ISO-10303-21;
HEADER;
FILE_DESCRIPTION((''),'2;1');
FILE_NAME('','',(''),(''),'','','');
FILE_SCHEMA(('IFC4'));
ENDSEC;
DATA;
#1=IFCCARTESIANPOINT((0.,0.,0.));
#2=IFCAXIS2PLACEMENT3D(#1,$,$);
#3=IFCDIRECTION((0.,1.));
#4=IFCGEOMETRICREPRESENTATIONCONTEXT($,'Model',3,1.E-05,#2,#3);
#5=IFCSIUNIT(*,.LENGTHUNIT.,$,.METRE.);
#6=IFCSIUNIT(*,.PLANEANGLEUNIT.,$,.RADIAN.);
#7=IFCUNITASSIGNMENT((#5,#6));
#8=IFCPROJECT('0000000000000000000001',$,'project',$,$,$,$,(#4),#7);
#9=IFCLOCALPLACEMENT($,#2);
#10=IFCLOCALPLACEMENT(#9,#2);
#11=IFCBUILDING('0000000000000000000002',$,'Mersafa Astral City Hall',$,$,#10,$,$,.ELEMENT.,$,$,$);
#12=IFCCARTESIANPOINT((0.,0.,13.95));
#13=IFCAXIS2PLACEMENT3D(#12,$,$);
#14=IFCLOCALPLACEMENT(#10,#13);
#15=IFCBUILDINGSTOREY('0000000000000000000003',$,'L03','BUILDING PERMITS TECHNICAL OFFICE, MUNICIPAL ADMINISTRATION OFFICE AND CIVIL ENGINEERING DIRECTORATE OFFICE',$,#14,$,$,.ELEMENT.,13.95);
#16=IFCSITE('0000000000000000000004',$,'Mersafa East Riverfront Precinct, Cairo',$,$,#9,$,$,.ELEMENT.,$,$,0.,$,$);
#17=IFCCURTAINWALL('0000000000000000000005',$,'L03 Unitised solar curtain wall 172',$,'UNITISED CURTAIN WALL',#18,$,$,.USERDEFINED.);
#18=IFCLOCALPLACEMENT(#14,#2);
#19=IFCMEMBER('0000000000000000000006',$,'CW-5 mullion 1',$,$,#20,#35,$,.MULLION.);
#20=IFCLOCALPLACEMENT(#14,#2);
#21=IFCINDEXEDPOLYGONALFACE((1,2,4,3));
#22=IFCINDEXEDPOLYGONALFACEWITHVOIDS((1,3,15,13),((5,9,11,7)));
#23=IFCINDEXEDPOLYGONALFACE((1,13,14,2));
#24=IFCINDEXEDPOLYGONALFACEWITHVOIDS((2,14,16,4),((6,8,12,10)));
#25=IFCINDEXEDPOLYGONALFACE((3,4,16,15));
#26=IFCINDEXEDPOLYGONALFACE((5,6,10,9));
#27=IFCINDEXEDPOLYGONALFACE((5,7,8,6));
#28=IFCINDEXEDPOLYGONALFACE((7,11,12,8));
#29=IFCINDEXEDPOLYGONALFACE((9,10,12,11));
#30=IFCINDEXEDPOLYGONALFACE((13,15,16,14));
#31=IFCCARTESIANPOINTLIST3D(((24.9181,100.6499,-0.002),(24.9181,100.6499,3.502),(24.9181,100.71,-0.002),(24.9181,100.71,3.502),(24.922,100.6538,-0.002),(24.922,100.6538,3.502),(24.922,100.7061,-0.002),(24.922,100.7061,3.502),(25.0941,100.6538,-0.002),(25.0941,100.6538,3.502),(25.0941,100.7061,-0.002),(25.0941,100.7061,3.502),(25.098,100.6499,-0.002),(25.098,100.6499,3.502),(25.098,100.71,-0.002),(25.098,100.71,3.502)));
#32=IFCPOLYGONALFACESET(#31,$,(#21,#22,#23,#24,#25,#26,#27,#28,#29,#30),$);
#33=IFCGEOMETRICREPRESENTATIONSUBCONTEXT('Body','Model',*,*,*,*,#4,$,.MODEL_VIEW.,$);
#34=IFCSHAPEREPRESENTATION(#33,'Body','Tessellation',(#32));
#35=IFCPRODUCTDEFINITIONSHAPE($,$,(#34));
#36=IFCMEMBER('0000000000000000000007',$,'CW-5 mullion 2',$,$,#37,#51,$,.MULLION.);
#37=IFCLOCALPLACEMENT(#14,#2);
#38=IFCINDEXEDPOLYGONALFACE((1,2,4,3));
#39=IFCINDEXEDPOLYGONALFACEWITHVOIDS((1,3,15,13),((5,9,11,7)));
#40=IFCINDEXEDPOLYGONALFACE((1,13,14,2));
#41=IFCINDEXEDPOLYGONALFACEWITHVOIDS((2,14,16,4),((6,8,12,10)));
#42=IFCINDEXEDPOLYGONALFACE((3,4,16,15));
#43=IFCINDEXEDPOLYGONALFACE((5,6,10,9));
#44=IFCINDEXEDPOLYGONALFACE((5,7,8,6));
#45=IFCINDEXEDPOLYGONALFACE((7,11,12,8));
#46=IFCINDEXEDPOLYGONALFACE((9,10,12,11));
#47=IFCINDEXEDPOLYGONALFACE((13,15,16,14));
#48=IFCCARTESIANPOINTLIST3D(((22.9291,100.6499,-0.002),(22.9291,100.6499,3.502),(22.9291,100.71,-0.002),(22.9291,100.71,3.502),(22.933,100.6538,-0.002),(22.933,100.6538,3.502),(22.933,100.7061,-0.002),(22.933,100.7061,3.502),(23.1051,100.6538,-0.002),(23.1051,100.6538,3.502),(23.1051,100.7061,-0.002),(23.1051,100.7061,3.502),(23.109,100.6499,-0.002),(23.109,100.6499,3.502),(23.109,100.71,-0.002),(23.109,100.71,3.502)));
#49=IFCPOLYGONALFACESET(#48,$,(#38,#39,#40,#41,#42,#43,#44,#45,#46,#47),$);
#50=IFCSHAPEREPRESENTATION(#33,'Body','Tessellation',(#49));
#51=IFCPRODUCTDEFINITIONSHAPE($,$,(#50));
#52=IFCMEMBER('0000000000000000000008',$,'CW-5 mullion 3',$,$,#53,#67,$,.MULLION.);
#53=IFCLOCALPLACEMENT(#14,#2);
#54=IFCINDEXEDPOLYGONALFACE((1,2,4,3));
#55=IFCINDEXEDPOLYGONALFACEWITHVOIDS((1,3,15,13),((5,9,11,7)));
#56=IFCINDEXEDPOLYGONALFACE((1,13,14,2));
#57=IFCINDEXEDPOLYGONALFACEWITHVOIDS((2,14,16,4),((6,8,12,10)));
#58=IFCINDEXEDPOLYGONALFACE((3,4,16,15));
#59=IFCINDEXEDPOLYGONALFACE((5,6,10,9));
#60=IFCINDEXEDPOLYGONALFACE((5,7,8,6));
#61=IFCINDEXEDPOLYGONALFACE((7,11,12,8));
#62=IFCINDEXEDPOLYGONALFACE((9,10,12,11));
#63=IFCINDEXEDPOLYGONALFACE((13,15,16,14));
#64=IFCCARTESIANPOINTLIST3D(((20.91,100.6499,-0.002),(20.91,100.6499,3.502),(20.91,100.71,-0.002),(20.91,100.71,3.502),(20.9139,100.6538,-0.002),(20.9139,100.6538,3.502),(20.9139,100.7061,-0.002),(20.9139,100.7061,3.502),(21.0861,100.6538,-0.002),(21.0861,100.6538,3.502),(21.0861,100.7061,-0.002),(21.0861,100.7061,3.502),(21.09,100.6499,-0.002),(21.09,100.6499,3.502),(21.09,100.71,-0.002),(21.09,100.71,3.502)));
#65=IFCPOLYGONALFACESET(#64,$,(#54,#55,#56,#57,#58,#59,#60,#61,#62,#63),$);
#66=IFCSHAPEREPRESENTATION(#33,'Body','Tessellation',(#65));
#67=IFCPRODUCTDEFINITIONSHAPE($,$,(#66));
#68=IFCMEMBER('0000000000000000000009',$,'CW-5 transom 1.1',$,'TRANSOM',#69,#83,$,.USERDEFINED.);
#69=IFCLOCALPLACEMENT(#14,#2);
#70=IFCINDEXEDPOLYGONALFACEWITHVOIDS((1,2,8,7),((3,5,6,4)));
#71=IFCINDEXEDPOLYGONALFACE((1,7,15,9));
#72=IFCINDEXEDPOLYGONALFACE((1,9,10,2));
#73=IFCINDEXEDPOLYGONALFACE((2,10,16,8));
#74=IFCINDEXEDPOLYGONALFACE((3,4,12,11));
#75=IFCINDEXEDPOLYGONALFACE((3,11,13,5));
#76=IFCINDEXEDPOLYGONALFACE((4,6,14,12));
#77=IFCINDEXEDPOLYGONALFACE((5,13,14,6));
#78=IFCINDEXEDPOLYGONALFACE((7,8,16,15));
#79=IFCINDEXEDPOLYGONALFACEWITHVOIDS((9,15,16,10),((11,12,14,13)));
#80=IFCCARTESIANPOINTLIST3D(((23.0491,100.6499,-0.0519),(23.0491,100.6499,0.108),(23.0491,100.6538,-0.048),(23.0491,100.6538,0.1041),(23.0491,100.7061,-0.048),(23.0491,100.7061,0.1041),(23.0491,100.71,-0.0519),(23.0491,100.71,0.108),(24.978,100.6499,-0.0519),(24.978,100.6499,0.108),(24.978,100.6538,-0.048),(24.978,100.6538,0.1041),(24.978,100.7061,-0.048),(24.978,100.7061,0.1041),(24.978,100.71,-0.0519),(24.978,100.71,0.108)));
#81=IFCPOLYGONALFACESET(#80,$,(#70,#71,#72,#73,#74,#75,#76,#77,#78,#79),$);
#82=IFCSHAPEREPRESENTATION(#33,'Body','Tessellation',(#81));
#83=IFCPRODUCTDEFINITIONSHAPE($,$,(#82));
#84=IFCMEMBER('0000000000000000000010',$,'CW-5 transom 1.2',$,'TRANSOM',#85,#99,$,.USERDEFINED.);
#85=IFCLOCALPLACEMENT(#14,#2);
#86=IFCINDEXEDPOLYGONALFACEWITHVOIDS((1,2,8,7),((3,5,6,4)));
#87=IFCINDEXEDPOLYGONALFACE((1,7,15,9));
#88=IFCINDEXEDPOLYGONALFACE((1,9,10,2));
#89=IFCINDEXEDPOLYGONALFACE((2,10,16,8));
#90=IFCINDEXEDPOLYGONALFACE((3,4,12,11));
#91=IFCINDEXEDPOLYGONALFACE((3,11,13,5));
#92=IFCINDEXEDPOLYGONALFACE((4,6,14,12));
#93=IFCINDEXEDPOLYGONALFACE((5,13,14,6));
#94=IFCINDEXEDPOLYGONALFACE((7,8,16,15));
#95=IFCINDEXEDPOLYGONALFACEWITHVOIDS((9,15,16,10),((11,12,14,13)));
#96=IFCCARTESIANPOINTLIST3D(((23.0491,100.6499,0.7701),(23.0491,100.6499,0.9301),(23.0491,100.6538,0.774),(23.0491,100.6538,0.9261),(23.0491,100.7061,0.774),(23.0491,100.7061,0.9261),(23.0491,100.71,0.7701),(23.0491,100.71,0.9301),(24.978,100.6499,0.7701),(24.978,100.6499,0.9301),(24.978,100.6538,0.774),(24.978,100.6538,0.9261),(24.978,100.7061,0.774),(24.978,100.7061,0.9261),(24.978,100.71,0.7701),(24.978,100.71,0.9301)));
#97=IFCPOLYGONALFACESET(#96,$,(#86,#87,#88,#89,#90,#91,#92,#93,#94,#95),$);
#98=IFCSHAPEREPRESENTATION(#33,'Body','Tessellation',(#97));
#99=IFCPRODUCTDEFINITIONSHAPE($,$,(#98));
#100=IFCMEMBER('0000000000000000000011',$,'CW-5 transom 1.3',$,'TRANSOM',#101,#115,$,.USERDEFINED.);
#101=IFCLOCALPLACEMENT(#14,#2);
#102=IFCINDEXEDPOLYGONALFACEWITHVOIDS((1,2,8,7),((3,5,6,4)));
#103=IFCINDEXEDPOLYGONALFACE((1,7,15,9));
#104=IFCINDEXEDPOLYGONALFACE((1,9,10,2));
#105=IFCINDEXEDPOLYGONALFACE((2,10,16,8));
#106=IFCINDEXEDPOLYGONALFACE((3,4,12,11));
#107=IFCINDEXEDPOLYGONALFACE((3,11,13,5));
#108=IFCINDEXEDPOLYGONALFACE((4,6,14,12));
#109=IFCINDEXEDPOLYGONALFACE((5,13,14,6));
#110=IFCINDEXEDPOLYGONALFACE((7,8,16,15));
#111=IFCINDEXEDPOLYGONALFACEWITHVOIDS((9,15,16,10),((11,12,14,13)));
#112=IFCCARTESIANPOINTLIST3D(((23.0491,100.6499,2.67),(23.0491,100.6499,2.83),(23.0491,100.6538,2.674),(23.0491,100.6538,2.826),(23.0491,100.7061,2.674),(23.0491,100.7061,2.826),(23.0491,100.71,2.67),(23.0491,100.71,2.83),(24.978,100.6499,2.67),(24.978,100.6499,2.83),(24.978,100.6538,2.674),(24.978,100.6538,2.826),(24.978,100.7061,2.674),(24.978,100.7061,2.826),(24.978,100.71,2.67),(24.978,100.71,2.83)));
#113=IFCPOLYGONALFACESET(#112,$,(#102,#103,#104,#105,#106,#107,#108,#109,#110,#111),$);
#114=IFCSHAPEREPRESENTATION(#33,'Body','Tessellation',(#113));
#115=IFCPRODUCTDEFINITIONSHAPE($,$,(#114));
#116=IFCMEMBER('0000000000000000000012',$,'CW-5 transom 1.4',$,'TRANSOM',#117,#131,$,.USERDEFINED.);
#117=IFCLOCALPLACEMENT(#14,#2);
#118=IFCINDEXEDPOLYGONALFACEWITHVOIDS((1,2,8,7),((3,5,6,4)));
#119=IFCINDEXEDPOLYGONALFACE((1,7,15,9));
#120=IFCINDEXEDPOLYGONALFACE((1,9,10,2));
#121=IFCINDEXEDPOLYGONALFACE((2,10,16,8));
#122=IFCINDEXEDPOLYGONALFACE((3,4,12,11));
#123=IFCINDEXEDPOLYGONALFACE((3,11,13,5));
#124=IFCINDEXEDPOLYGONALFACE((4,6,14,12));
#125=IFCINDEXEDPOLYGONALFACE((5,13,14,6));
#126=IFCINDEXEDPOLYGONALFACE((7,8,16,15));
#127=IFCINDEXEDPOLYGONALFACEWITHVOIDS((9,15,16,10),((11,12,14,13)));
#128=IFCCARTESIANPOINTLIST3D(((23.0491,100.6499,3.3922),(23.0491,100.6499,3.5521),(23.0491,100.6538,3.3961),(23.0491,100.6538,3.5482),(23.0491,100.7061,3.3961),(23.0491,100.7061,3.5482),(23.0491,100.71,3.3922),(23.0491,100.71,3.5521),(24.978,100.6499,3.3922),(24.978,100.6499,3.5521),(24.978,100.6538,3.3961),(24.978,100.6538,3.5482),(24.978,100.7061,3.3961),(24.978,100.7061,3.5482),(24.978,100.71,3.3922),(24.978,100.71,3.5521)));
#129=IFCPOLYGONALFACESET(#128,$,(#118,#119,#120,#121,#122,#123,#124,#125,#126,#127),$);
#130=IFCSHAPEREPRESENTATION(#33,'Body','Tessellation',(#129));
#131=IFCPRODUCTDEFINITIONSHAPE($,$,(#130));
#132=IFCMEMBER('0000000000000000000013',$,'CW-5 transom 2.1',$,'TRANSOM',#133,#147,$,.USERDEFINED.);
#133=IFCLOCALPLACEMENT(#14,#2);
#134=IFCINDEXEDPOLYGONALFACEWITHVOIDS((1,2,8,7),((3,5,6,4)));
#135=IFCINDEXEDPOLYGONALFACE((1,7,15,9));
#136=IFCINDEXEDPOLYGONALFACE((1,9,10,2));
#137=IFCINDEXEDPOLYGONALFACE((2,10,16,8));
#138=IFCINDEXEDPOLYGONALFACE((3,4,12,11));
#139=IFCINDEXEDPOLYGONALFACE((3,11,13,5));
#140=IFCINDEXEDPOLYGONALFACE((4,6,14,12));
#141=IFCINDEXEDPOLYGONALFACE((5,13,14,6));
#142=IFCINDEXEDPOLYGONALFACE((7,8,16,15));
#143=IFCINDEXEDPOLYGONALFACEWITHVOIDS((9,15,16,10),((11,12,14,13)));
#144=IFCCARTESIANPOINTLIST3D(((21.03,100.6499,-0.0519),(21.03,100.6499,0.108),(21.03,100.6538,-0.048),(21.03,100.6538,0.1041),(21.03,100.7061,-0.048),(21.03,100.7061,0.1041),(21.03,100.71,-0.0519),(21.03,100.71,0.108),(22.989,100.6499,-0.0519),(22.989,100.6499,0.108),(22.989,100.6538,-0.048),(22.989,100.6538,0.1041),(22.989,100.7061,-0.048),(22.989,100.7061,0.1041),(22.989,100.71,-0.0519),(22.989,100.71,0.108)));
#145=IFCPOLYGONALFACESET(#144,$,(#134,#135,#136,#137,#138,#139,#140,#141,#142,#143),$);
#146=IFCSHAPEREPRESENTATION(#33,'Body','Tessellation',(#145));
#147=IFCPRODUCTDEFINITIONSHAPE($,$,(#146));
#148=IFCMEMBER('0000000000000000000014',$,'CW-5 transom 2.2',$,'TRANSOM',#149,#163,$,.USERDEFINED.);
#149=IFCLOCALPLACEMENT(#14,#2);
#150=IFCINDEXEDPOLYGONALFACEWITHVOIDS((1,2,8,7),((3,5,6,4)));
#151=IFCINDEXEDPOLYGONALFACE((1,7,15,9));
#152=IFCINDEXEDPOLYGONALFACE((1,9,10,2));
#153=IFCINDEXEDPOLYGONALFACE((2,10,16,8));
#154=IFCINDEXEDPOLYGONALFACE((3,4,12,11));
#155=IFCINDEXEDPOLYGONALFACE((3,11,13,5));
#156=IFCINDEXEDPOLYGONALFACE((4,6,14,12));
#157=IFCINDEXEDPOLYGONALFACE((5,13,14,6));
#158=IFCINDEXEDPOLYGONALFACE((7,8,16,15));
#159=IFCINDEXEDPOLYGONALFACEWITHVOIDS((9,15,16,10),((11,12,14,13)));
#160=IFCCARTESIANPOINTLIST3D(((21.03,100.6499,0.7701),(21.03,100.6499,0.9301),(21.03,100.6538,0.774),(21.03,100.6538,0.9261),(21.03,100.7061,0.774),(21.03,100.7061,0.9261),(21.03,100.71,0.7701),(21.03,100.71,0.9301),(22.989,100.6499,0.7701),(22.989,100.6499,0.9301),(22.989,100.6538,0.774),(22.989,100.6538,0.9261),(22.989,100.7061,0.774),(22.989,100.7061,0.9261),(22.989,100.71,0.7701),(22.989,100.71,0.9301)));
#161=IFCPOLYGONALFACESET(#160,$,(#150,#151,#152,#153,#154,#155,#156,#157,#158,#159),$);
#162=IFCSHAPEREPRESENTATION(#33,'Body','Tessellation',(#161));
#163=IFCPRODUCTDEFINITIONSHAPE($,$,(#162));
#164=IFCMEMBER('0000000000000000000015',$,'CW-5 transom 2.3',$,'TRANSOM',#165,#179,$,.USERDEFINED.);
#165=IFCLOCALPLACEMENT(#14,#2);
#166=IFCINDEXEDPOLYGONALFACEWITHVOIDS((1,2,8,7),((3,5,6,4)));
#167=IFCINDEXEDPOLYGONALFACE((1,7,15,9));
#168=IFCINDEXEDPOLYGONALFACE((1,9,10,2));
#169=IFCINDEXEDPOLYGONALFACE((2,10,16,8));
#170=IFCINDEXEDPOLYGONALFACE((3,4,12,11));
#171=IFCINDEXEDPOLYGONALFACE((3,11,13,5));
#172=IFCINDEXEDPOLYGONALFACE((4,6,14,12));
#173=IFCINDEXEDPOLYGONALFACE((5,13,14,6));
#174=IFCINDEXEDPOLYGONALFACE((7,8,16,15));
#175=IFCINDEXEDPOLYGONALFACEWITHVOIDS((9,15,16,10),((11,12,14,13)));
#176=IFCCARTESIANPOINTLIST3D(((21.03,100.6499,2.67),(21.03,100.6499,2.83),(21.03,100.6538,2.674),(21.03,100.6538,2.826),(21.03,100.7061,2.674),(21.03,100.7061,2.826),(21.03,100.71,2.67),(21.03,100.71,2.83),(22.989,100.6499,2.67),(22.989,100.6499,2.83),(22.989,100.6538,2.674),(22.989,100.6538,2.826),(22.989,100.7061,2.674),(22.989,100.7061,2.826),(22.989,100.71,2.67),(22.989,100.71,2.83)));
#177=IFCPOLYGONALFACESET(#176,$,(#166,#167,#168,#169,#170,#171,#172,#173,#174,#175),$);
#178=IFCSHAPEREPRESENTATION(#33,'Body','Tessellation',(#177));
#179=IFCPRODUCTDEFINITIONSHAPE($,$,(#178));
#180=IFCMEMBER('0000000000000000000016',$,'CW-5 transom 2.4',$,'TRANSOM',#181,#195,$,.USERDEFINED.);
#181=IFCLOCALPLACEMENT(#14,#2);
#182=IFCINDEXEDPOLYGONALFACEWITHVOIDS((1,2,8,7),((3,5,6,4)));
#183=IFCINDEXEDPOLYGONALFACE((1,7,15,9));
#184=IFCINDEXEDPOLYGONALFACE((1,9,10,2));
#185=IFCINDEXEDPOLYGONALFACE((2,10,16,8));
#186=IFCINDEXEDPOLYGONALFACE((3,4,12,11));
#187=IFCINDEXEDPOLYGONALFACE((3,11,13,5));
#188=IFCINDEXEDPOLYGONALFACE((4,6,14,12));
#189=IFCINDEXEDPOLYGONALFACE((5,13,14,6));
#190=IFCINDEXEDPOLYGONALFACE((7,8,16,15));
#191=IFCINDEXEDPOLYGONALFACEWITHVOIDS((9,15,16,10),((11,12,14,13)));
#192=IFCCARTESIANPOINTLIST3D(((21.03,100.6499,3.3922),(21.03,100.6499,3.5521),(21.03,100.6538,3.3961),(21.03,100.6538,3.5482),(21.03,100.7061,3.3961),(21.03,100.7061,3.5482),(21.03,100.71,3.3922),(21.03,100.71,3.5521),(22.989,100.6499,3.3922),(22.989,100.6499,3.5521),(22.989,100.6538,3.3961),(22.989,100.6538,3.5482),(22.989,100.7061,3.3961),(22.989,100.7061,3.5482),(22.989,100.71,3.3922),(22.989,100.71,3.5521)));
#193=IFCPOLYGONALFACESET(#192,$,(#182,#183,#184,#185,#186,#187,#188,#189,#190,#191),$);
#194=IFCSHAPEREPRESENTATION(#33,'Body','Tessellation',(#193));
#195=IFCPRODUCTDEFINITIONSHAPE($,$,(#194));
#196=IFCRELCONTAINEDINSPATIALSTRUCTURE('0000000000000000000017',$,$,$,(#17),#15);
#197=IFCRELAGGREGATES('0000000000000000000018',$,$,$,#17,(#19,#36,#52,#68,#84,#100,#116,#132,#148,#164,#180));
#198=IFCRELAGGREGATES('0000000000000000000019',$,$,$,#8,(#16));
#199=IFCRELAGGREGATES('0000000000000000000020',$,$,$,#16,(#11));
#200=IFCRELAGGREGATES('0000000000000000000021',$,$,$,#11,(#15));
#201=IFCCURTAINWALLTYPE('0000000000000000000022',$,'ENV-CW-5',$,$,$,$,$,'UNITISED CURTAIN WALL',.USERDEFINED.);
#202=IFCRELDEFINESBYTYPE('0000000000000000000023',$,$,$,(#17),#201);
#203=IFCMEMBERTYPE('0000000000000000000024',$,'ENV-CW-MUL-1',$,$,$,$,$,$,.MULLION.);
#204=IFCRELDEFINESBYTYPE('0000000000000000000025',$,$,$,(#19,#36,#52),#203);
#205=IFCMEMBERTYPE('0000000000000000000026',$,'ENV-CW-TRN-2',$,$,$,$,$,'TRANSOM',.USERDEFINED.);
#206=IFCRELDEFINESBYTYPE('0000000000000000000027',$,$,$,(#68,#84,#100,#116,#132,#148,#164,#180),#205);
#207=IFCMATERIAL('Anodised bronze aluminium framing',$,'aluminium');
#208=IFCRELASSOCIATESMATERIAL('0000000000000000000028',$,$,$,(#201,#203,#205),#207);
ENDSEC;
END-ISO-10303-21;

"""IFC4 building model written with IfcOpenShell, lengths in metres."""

from ifc_helpers import new_model, si_unit, direction, frame, origin, origin_2d, place, context, subcontext, project, spatial, hollow_rectangle, extrude, material, material_profile, profile_set, type_object, element, aggregate, save


model = new_model("IFC4")

# Units and contexts
model_context = context("Model", 3, precision=1e-05, world=origin(), true_north=direction((0.0, 1.0)))
body_context = subcontext(model_context, "Body", "Model", "MODEL_VIEW")
ifc_project = project(units=[si_unit("LENGTHUNIT", "METRE"), si_unit("PLANEANGLEUNIT", "RADIAN")], contexts=[model_context])

# Site, building, storey
site_placement = place(None, origin())
site = spatial("IfcSite", under=ifc_project, at=site_placement, Name="Mersafa East Riverfront Precinct, Cairo", CompositionType="ELEMENT", RefElevation=0.0)
building_placement = place(site_placement, origin())
building = spatial("IfcBuilding", under=site, at=building_placement, Name="Mersafa Astral City Hall", CompositionType="ELEMENT")
storey_placement = place(building_placement, frame((0.0, 0.0, 13.95)))
storey = spatial("IfcBuildingStorey", under=building, at=storey_placement, Name="L03", Description="BUILDING PERMITS TECHNICAL OFFICE, MUNICIPAL ADMINISTRATION OFFICE AND CIVIL ENGINEERING DIRECTORATE OFFICE", CompositionType="ELEMENT", Elevation=13.95)

# Curtain wall, members
ifc_material_1 = material(Name="Anodised bronze aluminium framing", Category="aluminium")
curtain_wall_type = type_object("IfcCurtainWallType", Name="ENV-CW-5", ElementType="UNITISED CURTAIN WALL", PredefinedType="USERDEFINED", material=ifc_material_1)
curtain_wall_placement = place(storey_placement, origin())
curtain_wall = element("IfcCurtainWall", 1, at=curtain_wall_placement, inside=storey, type_object=curtain_wall_type, Name="L03 Unitised solar curtain wall 172", ObjectType="UNITISED CURTAIN WALL", PredefinedType="USERDEFINED")
ifc_material_profile_1 = material_profile(ifc_material_1, hollow_rectangle(XDim=0.0601, YDim=0.1799, WallThickness=0.0039, at=origin_2d()), Name="RHS 60x180x4")
ifc_profile_set_1 = profile_set([ifc_material_profile_1], Name="Anodised bronze aluminium framing")
member_type_1 = type_object("IfcMemberType", Name="ENV-CW-MUL-1", PredefinedType="MULLION", material=ifc_profile_set_1)
member_1_placement = place(storey_placement, frame((25.0081, 100.6799, -0.002), z_axis=(0.0, 0.0, 1.0), x_axis=(0.0, -1.0, 0.0)))
member_1 = element("IfcMember", 2, at=member_1_placement, type_object=member_type_1, Name="CW-5 mullion 1", PredefinedType="MULLION", context=body_context, shape_type="SweptSolid", body=[
    extrude(hollow_rectangle(XDim=0.0601, YDim=0.1799, WallThickness=0.0039, at=origin_2d()), origin(), (0.0, 0.0, 1.0), 3.5039),
])
member_2_placement = place(storey_placement, frame((23.019, 100.6799, -0.002), z_axis=(0.0, 0.0, 1.0), x_axis=(0.0, -1.0, 0.0)))
member_2 = element("IfcMember", 3, at=member_2_placement, type_object=member_type_1, Name="CW-5 mullion 2", PredefinedType="MULLION", context=body_context, shape_type="SweptSolid", body=[
    extrude(hollow_rectangle(XDim=0.0601, YDim=0.1799, WallThickness=0.0039, at=origin_2d()), origin(), (0.0, 0.0, 1.0), 3.5039),
])
member_3_placement = place(storey_placement, frame((21.0, 100.6799, -0.002), z_axis=(0.0, 0.0, 1.0), x_axis=(0.0, -1.0, 0.0)))
member_3 = element("IfcMember", 4, at=member_3_placement, type_object=member_type_1, Name="CW-5 mullion 3", PredefinedType="MULLION", context=body_context, shape_type="SweptSolid", body=[
    extrude(hollow_rectangle(XDim=0.0601, YDim=0.1799, WallThickness=0.0039, at=origin_2d()), origin(), (0.0, 0.0, 1.0), 3.5039),
])
ifc_material_profile_2 = material_profile(ifc_material_1, hollow_rectangle(XDim=0.0601, YDim=0.1599, WallThickness=0.0039, at=origin_2d()), Name="RHS 60x160x4")
ifc_profile_set_2 = profile_set([ifc_material_profile_2], Name="Anodised bronze aluminium framing")
member_type_2 = type_object("IfcMemberType", Name="ENV-CW-TRN-2", ElementType="TRANSOM", PredefinedType="USERDEFINED", material=ifc_profile_set_2)
member_4_placement = place(storey_placement, frame((24.978, 100.6799, 0.0281), z_axis=(-1.0, 0.0, 0.0), x_axis=(0.0, -1.0, 0.0)))
member_4 = element("IfcMember", 5, at=member_4_placement, type_object=member_type_2, Name="CW-5 transom 1.1", ObjectType="TRANSOM", PredefinedType="USERDEFINED", context=body_context, shape_type="SweptSolid", body=[
    extrude(hollow_rectangle(XDim=0.0601, YDim=0.1599, WallThickness=0.0039, at=origin_2d()), origin(), (0.0, 0.0, 1.0), 1.929),
])
member_5_placement = place(storey_placement, frame((24.978, 100.6799, 0.8501), z_axis=(-1.0, 0.0, 0.0), x_axis=(0.0, -1.0, 0.0)))
member_5 = element("IfcMember", 6, at=member_5_placement, type_object=member_type_2, Name="CW-5 transom 1.2", ObjectType="TRANSOM", PredefinedType="USERDEFINED", context=body_context, shape_type="SweptSolid", body=[
    extrude(hollow_rectangle(XDim=0.0601, YDim=0.1599, WallThickness=0.0039, at=origin_2d()), origin(), (0.0, 0.0, 1.0), 1.929),
])
member_6_placement = place(storey_placement, frame((24.978, 100.6799, 2.75), z_axis=(-1.0, 0.0, 0.0), x_axis=(0.0, -1.0, 0.0)))
member_6 = element("IfcMember", 7, at=member_6_placement, type_object=member_type_2, Name="CW-5 transom 1.3", ObjectType="TRANSOM", PredefinedType="USERDEFINED", context=body_context, shape_type="SweptSolid", body=[
    extrude(hollow_rectangle(XDim=0.0601, YDim=0.1599, WallThickness=0.0039, at=origin_2d()), origin(), (0.0, 0.0, 1.0), 1.929),
])
member_7_placement = place(storey_placement, frame((24.978, 100.6799, 3.4722), z_axis=(-1.0, 0.0, 0.0), x_axis=(0.0, -1.0, 0.0)))
member_7 = element("IfcMember", 8, at=member_7_placement, type_object=member_type_2, Name="CW-5 transom 1.4", ObjectType="TRANSOM", PredefinedType="USERDEFINED", context=body_context, shape_type="SweptSolid", body=[
    extrude(hollow_rectangle(XDim=0.0601, YDim=0.1599, WallThickness=0.0039, at=origin_2d()), origin(), (0.0, 0.0, 1.0), 1.929),
])
member_8_placement = place(storey_placement, frame((22.989, 100.6799, 0.0281), z_axis=(-1.0, 0.0, 0.0), x_axis=(0.0, -1.0, 0.0)))
member_8 = element("IfcMember", 9, at=member_8_placement, type_object=member_type_2, Name="CW-5 transom 2.1", ObjectType="TRANSOM", PredefinedType="USERDEFINED", context=body_context, shape_type="SweptSolid", body=[
    extrude(hollow_rectangle(XDim=0.0601, YDim=0.1599, WallThickness=0.0039, at=origin_2d()), origin(), (0.0, 0.0, 1.0), 1.959),
])
member_9_placement = place(storey_placement, frame((22.989, 100.6799, 0.8501), z_axis=(-1.0, 0.0, 0.0), x_axis=(0.0, -1.0, 0.0)))
member_9 = element("IfcMember", 10, at=member_9_placement, type_object=member_type_2, Name="CW-5 transom 2.2", ObjectType="TRANSOM", PredefinedType="USERDEFINED", context=body_context, shape_type="SweptSolid", body=[
    extrude(hollow_rectangle(XDim=0.0601, YDim=0.1599, WallThickness=0.0039, at=origin_2d()), origin(), (0.0, 0.0, 1.0), 1.959),
])
member_10_placement = place(storey_placement, frame((22.989, 100.6799, 2.75), z_axis=(-1.0, 0.0, 0.0), x_axis=(0.0, -1.0, 0.0)))
member_10 = element("IfcMember", 11, at=member_10_placement, type_object=member_type_2, Name="CW-5 transom 2.3", ObjectType="TRANSOM", PredefinedType="USERDEFINED", context=body_context, shape_type="SweptSolid", body=[
    extrude(hollow_rectangle(XDim=0.0601, YDim=0.1599, WallThickness=0.0039, at=origin_2d()), origin(), (0.0, 0.0, 1.0), 1.959),
])
member_11_placement = place(storey_placement, frame((22.989, 100.6799, 3.4722), z_axis=(-1.0, 0.0, 0.0), x_axis=(0.0, -1.0, 0.0)))
member_11 = element("IfcMember", 12, at=member_11_placement, type_object=member_type_2, Name="CW-5 transom 2.4", ObjectType="TRANSOM", PredefinedType="USERDEFINED", context=body_context, shape_type="SweptSolid", body=[
    extrude(hollow_rectangle(XDim=0.0601, YDim=0.1599, WallThickness=0.0039, at=origin_2d()), origin(), (0.0, 0.0, 1.0), 1.959),
])

aggregate(curtain_wall, [member_1, member_2, member_3, member_4, member_5, member_6, member_7, member_8, member_9, member_10, member_11])

save(model, "model.ifc")
